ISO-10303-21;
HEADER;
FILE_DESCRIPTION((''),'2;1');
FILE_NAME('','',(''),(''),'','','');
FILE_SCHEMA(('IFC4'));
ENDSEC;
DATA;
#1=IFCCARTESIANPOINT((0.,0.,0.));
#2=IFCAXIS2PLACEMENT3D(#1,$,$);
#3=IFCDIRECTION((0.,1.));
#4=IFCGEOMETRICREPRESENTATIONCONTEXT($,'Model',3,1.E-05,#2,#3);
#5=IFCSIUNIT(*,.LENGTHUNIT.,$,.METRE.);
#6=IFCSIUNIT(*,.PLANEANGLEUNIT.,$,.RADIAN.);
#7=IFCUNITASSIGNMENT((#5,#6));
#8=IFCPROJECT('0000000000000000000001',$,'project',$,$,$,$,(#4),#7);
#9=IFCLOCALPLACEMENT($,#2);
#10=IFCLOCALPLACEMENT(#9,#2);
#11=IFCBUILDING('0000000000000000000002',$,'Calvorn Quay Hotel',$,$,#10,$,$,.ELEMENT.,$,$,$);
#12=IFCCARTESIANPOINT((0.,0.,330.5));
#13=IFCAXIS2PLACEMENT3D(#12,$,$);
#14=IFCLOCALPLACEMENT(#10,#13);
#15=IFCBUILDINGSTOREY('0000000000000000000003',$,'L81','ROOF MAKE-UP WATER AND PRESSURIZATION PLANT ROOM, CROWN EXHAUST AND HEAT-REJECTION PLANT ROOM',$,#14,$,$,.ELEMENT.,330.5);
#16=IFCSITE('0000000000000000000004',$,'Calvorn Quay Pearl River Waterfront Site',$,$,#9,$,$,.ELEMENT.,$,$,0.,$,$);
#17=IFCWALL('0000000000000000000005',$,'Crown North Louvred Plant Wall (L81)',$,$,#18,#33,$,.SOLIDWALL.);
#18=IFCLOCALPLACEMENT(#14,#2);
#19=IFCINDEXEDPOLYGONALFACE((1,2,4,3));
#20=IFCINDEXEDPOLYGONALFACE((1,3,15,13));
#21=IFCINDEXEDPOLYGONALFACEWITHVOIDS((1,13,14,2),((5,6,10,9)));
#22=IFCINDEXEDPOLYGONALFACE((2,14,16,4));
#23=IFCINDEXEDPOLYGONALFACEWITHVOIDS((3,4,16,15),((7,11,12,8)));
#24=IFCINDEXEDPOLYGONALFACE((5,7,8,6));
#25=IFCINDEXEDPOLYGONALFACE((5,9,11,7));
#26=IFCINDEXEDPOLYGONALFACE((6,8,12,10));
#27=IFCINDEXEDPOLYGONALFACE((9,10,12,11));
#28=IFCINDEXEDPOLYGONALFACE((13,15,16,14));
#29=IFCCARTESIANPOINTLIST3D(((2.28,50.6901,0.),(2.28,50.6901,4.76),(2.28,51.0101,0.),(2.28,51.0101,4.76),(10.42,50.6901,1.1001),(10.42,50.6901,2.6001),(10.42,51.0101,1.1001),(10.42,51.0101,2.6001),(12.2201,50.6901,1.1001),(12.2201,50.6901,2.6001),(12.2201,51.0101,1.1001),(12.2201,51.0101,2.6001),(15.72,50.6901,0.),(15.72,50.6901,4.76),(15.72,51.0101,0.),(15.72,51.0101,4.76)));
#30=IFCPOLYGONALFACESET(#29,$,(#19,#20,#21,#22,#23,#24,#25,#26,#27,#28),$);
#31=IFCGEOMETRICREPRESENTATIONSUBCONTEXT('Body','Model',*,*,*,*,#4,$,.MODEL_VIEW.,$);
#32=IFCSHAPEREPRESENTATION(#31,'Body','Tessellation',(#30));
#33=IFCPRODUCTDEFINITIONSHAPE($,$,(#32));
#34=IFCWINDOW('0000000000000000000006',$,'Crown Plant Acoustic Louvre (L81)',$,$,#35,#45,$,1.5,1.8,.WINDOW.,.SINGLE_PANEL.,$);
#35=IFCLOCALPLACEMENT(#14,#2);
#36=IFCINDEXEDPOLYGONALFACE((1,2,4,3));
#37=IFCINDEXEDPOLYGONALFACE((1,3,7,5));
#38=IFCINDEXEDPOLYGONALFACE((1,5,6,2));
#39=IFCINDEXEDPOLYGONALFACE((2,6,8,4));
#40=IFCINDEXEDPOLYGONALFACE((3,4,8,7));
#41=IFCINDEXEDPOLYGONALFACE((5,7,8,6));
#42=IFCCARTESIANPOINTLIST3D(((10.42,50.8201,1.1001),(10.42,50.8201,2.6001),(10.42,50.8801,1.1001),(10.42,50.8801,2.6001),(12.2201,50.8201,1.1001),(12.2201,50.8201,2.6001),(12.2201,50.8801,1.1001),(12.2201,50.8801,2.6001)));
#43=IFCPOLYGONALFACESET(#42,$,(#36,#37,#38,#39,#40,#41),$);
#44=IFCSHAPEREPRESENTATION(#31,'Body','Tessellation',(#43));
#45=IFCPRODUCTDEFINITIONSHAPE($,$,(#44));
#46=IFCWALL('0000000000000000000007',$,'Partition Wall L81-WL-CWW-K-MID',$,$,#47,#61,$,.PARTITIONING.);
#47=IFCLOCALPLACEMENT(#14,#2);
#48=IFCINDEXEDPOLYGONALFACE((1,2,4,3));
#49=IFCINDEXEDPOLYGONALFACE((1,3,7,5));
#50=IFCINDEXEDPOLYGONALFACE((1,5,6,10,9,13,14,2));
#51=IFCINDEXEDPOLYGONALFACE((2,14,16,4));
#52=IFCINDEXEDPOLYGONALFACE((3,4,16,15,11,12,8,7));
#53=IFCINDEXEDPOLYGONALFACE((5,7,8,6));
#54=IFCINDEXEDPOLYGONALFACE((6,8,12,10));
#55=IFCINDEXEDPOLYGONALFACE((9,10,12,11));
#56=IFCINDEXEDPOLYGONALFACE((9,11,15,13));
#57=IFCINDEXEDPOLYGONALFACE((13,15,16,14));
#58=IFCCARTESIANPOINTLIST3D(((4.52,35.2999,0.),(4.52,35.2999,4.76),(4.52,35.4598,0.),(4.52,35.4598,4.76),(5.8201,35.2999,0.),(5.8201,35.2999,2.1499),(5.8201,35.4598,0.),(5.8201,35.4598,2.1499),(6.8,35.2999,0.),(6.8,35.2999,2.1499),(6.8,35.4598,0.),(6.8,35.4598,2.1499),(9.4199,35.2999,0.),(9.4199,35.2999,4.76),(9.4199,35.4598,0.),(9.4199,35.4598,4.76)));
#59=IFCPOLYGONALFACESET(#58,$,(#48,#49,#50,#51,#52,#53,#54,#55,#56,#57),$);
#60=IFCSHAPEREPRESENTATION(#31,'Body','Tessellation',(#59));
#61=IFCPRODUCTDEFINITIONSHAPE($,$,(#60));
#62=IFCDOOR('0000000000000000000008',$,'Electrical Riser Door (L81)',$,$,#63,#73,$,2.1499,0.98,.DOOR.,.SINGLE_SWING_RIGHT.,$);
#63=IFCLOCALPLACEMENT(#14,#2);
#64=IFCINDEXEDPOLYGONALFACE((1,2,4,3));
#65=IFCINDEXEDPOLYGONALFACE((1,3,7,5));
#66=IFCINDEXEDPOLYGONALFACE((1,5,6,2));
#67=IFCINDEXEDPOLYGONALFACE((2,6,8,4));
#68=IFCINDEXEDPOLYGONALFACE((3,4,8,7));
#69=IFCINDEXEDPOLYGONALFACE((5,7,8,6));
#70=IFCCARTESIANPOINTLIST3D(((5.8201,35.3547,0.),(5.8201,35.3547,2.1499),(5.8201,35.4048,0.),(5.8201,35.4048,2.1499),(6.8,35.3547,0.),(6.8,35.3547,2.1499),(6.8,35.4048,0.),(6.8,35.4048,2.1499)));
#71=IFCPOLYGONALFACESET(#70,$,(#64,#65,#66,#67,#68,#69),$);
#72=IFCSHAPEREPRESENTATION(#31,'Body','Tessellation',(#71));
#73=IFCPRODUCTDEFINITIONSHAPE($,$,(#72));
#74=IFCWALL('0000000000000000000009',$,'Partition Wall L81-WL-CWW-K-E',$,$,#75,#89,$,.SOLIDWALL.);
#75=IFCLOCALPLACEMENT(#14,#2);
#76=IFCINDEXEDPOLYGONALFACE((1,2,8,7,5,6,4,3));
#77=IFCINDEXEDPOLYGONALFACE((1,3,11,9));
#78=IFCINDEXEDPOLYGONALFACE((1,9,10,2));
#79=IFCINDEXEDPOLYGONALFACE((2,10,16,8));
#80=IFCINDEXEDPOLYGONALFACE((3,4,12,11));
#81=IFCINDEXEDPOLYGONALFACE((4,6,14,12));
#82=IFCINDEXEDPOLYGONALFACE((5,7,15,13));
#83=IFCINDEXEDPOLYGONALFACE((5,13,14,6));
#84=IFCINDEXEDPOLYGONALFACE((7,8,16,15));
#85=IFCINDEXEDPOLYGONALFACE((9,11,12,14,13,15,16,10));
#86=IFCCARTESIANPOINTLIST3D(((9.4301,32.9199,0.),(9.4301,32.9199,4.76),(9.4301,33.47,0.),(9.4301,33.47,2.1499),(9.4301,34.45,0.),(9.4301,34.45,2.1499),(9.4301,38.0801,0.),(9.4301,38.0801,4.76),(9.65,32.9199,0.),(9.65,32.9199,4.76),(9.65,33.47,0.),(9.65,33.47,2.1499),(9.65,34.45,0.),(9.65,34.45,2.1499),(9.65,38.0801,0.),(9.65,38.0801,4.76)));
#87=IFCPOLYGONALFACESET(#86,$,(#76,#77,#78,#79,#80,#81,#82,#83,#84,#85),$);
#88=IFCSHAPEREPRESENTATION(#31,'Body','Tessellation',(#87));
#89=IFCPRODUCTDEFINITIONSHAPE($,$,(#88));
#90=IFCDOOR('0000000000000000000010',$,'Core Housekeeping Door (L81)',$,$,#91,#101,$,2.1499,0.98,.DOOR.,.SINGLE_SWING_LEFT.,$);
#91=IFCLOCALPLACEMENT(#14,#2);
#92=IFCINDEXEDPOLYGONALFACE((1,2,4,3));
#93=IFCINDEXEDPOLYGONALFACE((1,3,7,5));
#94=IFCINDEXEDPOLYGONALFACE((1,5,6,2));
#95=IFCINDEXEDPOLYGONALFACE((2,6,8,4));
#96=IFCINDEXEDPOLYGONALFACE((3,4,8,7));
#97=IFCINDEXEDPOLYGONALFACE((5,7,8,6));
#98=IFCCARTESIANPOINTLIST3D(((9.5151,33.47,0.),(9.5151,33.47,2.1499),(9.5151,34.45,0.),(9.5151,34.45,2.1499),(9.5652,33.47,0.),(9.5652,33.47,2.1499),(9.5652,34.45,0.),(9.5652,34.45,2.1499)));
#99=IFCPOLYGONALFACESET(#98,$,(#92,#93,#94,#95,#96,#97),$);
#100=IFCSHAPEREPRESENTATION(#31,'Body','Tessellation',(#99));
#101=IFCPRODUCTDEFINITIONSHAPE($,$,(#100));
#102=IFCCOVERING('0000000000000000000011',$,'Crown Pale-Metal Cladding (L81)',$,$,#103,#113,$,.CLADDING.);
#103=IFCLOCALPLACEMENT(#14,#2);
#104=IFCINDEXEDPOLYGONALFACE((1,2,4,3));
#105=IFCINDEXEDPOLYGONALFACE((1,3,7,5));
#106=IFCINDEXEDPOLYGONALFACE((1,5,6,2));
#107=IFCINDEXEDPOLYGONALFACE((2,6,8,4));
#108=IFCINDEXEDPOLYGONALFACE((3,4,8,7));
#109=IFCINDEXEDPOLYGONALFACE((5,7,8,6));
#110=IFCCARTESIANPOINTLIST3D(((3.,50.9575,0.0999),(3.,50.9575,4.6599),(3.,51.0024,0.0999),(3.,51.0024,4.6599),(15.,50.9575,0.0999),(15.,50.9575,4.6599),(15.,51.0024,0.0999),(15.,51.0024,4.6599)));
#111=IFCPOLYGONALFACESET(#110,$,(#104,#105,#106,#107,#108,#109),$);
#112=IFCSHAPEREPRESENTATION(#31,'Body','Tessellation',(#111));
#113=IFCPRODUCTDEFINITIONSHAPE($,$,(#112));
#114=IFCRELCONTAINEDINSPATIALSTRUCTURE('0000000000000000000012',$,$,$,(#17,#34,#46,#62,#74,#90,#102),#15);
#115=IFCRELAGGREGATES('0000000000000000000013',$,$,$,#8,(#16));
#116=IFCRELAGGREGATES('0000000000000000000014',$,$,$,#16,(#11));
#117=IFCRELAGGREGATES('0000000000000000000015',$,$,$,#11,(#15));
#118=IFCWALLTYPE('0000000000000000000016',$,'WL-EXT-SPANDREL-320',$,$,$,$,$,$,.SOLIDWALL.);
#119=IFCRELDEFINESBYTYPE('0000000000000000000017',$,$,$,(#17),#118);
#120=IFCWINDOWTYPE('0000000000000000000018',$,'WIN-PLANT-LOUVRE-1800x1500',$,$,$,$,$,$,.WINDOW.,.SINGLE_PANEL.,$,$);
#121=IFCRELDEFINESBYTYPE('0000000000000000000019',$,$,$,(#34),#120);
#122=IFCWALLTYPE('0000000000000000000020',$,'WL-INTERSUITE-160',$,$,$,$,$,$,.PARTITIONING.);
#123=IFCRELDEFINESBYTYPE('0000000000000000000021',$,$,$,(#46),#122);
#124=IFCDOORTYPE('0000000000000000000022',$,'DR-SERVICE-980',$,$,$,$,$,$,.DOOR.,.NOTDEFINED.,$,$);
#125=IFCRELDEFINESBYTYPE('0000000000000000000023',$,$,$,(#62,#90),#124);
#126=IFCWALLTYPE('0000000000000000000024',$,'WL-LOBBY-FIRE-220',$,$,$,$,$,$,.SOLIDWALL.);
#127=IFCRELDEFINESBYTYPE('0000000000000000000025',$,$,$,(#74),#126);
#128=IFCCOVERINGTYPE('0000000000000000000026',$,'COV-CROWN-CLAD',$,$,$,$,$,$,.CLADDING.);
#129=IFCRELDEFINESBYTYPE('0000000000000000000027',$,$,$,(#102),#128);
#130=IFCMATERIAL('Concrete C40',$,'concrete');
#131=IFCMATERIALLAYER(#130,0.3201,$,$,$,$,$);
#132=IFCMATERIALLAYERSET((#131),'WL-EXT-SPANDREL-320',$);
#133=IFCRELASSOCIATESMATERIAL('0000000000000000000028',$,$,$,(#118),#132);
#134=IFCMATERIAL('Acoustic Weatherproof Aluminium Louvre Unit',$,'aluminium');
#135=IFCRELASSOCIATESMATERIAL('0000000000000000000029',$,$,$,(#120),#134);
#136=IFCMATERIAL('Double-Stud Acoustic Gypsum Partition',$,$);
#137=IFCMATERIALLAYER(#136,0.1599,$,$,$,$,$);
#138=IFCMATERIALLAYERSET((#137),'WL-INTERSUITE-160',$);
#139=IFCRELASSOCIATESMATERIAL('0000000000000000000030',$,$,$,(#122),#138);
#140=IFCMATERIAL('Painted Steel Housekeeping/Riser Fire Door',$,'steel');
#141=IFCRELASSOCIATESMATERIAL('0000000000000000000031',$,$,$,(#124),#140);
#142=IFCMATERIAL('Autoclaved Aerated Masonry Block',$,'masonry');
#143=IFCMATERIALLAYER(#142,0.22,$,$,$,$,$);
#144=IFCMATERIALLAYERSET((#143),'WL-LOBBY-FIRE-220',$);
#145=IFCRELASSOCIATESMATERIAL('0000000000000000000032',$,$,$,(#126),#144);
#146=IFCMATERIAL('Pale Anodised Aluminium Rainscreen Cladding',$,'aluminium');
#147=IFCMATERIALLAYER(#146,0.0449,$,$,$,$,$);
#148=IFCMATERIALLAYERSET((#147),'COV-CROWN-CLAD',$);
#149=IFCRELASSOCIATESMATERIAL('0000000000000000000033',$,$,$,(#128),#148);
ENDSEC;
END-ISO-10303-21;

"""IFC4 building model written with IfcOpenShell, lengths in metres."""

from ifc_helpers import new_model, si_unit, direction, frame, frame_2d, origin, origin_2d, place, context, subcontext, project, spatial, rectangle, extrude, material, layer, layer_set, type_object, element, fill, save


model = new_model("IFC4")

# Units and contexts
model_context = context("Model", 3, precision=1e-05, world=origin(), true_north=direction((0.0, 1.0)))
body_context = subcontext(model_context, "Body", "Model", "MODEL_VIEW")
ifc_project = project(units=[si_unit("LENGTHUNIT", "METRE"), si_unit("PLANEANGLEUNIT", "RADIAN")], contexts=[model_context])

# Site, building, storey
site_placement = place(None, origin())
site = spatial("IfcSite", under=ifc_project, at=site_placement, Name="Calvorn Quay Pearl River Waterfront Site", CompositionType="ELEMENT", RefElevation=0.0)
building_placement = place(site_placement, origin())
building = spatial("IfcBuilding", under=site, at=building_placement, Name="Calvorn Quay Hotel", CompositionType="ELEMENT")
storey_placement = place(building_placement, frame((0.0, 0.0, 330.5)))
storey = spatial("IfcBuildingStorey", under=building, at=storey_placement, Name="L81", Description="ROOF MAKE-UP WATER AND PRESSURIZATION PLANT ROOM, CROWN EXHAUST AND HEAT-REJECTION PLANT ROOM", CompositionType="ELEMENT", Elevation=330.5)

# Shared definitions
ifc_material_1 = material(Name="Concrete C40", Category="concrete")
ifc_layer_1 = layer(ifc_material_1, 0.3201)
ifc_layer_set_1 = layer_set([ifc_layer_1], Name="WL-EXT-SPANDREL-320")
wall_type_1 = type_object("IfcWallType", Name="WL-EXT-SPANDREL-320", PredefinedType="SOLIDWALL", material=ifc_layer_set_1)

# Wall, opening, window
wall_1_placement = place(storey_placement, frame((15.72, 50.8501, 0.0), z_axis=(0.0, 0.0, 1.0), x_axis=(-1.0, 0.0, 0.0)))
wall_1 = element("IfcWall", 1, at=wall_1_placement, inside=storey, type_object=wall_type_1, Name="Crown North Louvred Plant Wall (L81)", PredefinedType="SOLIDWALL", context=body_context, shape_type="SweptSolid", body=[
    extrude(rectangle(XDim=13.4399, YDim=0.3201, at=frame_2d((6.72, 0.0))), origin(), (0.0, 0.0, 1.0), 4.76),
])
opening_1_placement = place(wall_1_placement, frame((3.5, 0.0, 1.1001)))
opening_1 = element("IfcOpeningElement", 2, at=opening_1_placement, cuts=wall_1, PredefinedType="OPENING", context=body_context, shape_type="SweptSolid", body=[
    extrude(rectangle(XDim=1.8, YDim=1.5, at=frame_2d((0.8999, 0.75))), frame((0.0, 0.1699, 0.0), z_axis=(0.0, -1.0, 0.0), x_axis=(1.0, 0.0, 0.0)), (0.0, 0.0, 1.0), 0.3401),
])
ifc_material_2 = material(Name="Acoustic Weatherproof Aluminium Louvre Unit", Category="aluminium")
window_type = type_object("IfcWindowType", Name="WIN-PLANT-LOUVRE-1800x1500", PartitioningType="SINGLE_PANEL", PredefinedType="WINDOW", material=ifc_material_2)
window_placement = place(opening_1_placement, origin())
window = element("IfcWindow", 3, at=window_placement, inside=storey, type_object=window_type, Name="Crown Plant Acoustic Louvre (L81)", OverallHeight=1.5, OverallWidth=1.8, PartitioningType="SINGLE_PANEL", PredefinedType="WINDOW", context=body_context, shape_type="SweptSolid", body=[
    extrude(rectangle(XDim=1.8, YDim=1.5, at=frame_2d((0.8999, 0.75))), frame((0.0, 0.03, 0.0), z_axis=(0.0, -1.0, 0.0), x_axis=(1.0, 0.0, 0.0)), (0.0, 0.0, 1.0), 0.0601),
])
fill(opening_1, window)

# Walls, openings, doors
ifc_material_3 = material(Name="Double-Stud Acoustic Gypsum Partition")
ifc_layer_2 = layer(ifc_material_3, 0.1599)
ifc_layer_set_2 = layer_set([ifc_layer_2], Name="WL-INTERSUITE-160")
wall_type_2 = type_object("IfcWallType", Name="WL-INTERSUITE-160", PredefinedType="PARTITIONING", material=ifc_layer_set_2)
wall_2_placement = place(storey_placement, frame((4.52, 35.3799, 0.0), z_axis=(0.0, 0.0, 1.0), x_axis=(1.0, 0.0, 0.0)))
wall_2 = element("IfcWall", 4, at=wall_2_placement, inside=storey, type_object=wall_type_2, Name="Partition Wall L81-WL-CWW-K-MID", PredefinedType="PARTITIONING", context=body_context, shape_type="SweptSolid", body=[
    extrude(rectangle(XDim=4.8999, YDim=0.1599, at=frame_2d((2.45, 0.0))), origin(), (0.0, 0.0, 1.0), 4.76),
])
opening_2_placement = place(wall_2_placement, frame((1.3, 0.0, 0.0)))
opening_2 = element("IfcOpeningElement", 5, at=opening_2_placement, cuts=wall_2, PredefinedType="OPENING", context=body_context, shape_type="SweptSolid", body=[
    extrude(rectangle(XDim=0.98, YDim=2.1499, at=frame_2d((0.49, 1.075))), frame((0.0, 0.0898, 0.0), z_axis=(0.0, -1.0, 0.0), x_axis=(1.0, 0.0, 0.0)), (0.0, 0.0, 1.0), 0.1799),
])
ifc_material_4 = material(Name="Painted Steel Housekeeping/Riser Fire Door", Category="steel")
door_type = type_object("IfcDoorType", Name="DR-SERVICE-980", OperationType="NOTDEFINED", PredefinedType="DOOR", material=ifc_material_4)
door_1_placement = place(opening_2_placement, origin())
door_1 = element("IfcDoor", 6, at=door_1_placement, inside=storey, type_object=door_type, Name="Electrical Riser Door (L81)", OperationType="SINGLE_SWING_RIGHT", OverallHeight=2.1499, OverallWidth=0.98, PredefinedType="DOOR", context=body_context, shape_type="SweptSolid", body=[
    extrude(rectangle(XDim=0.98, YDim=2.1499, at=frame_2d((0.49, 1.075))), frame((0.0, 0.0249, 0.0), z_axis=(0.0, -1.0, 0.0), x_axis=(1.0, 0.0, 0.0)), (0.0, 0.0, 1.0), 0.05),
])
fill(opening_2, door_1)
ifc_material_5 = material(Name="Autoclaved Aerated Masonry Block", Category="masonry")
ifc_layer_3 = layer(ifc_material_5, 0.22)
ifc_layer_set_3 = layer_set([ifc_layer_3], Name="WL-LOBBY-FIRE-220")
wall_type_3 = type_object("IfcWallType", Name="WL-LOBBY-FIRE-220", PredefinedType="SOLIDWALL", material=ifc_layer_set_3)
wall_3_placement = place(storey_placement, frame((9.54, 32.9199, 0.0), z_axis=(0.0, 0.0, 1.0), x_axis=(0.0, 1.0, 0.0)))
wall_3 = element("IfcWall", 7, at=wall_3_placement, inside=storey, type_object=wall_type_3, Name="Partition Wall L81-WL-CWW-K-E", PredefinedType="SOLIDWALL", context=body_context, shape_type="SweptSolid", body=[
    extrude(rectangle(XDim=5.1602, YDim=0.22, at=frame_2d((2.5801, 0.0))), origin(), (0.0, 0.0, 1.0), 4.76),
])
opening_3_placement = place(wall_3_placement, frame((0.55, 0.0, 0.0)))
opening_3 = element("IfcOpeningElement", 8, at=opening_3_placement, cuts=wall_3, PredefinedType="OPENING", context=body_context, shape_type="SweptSolid", body=[
    extrude(rectangle(XDim=0.98, YDim=2.1499, at=frame_2d((0.49, 1.075))), frame((0.0, 0.1199, 0.0), z_axis=(0.0, -1.0, 0.0), x_axis=(1.0, 0.0, 0.0)), (0.0, 0.0, 1.0), 0.24),
])
door_2_placement = place(opening_3_placement, origin())
door_2 = element("IfcDoor", 9, at=door_2_placement, inside=storey, type_object=door_type, Name="Core Housekeeping Door (L81)", OperationType="SINGLE_SWING_LEFT", OverallHeight=2.1499, OverallWidth=0.98, PredefinedType="DOOR", context=body_context, shape_type="SweptSolid", body=[
    extrude(rectangle(XDim=0.98, YDim=2.1499, at=frame_2d((0.49, 1.075))), frame((0.0, 0.0249, 0.0), z_axis=(0.0, -1.0, 0.0), x_axis=(1.0, 0.0, 0.0)), (0.0, 0.0, 1.0), 0.05),
])
fill(opening_3, door_2)

# Covering
ifc_material_6 = material(Name="Pale Anodised Aluminium Rainscreen Cladding", Category="aluminium")
ifc_layer_4 = layer(ifc_material_6, 0.0449)
ifc_layer_set_4 = layer_set([ifc_layer_4], Name="COV-CROWN-CLAD")
covering_type = type_object("IfcCoveringType", Name="COV-CROWN-CLAD", PredefinedType="CLADDING", material=ifc_layer_set_4)
covering_placement = place(storey_placement, frame((9.0, 50.98, 0.0999), z_axis=(0.0, 0.0, 1.0), x_axis=(1.0, 0.0, 0.0)))
element("IfcCovering", 10, at=covering_placement, inside=storey, type_object=covering_type, Name="Crown Pale-Metal Cladding (L81)", PredefinedType="CLADDING", context=body_context, shape_type="SweptSolid", body=[
    extrude(rectangle(XDim=12.0, YDim=0.0449, at=origin_2d()), origin(), (0.0, 0.0, 1.0), 4.5601),
])

save(model, "model.ifc")
